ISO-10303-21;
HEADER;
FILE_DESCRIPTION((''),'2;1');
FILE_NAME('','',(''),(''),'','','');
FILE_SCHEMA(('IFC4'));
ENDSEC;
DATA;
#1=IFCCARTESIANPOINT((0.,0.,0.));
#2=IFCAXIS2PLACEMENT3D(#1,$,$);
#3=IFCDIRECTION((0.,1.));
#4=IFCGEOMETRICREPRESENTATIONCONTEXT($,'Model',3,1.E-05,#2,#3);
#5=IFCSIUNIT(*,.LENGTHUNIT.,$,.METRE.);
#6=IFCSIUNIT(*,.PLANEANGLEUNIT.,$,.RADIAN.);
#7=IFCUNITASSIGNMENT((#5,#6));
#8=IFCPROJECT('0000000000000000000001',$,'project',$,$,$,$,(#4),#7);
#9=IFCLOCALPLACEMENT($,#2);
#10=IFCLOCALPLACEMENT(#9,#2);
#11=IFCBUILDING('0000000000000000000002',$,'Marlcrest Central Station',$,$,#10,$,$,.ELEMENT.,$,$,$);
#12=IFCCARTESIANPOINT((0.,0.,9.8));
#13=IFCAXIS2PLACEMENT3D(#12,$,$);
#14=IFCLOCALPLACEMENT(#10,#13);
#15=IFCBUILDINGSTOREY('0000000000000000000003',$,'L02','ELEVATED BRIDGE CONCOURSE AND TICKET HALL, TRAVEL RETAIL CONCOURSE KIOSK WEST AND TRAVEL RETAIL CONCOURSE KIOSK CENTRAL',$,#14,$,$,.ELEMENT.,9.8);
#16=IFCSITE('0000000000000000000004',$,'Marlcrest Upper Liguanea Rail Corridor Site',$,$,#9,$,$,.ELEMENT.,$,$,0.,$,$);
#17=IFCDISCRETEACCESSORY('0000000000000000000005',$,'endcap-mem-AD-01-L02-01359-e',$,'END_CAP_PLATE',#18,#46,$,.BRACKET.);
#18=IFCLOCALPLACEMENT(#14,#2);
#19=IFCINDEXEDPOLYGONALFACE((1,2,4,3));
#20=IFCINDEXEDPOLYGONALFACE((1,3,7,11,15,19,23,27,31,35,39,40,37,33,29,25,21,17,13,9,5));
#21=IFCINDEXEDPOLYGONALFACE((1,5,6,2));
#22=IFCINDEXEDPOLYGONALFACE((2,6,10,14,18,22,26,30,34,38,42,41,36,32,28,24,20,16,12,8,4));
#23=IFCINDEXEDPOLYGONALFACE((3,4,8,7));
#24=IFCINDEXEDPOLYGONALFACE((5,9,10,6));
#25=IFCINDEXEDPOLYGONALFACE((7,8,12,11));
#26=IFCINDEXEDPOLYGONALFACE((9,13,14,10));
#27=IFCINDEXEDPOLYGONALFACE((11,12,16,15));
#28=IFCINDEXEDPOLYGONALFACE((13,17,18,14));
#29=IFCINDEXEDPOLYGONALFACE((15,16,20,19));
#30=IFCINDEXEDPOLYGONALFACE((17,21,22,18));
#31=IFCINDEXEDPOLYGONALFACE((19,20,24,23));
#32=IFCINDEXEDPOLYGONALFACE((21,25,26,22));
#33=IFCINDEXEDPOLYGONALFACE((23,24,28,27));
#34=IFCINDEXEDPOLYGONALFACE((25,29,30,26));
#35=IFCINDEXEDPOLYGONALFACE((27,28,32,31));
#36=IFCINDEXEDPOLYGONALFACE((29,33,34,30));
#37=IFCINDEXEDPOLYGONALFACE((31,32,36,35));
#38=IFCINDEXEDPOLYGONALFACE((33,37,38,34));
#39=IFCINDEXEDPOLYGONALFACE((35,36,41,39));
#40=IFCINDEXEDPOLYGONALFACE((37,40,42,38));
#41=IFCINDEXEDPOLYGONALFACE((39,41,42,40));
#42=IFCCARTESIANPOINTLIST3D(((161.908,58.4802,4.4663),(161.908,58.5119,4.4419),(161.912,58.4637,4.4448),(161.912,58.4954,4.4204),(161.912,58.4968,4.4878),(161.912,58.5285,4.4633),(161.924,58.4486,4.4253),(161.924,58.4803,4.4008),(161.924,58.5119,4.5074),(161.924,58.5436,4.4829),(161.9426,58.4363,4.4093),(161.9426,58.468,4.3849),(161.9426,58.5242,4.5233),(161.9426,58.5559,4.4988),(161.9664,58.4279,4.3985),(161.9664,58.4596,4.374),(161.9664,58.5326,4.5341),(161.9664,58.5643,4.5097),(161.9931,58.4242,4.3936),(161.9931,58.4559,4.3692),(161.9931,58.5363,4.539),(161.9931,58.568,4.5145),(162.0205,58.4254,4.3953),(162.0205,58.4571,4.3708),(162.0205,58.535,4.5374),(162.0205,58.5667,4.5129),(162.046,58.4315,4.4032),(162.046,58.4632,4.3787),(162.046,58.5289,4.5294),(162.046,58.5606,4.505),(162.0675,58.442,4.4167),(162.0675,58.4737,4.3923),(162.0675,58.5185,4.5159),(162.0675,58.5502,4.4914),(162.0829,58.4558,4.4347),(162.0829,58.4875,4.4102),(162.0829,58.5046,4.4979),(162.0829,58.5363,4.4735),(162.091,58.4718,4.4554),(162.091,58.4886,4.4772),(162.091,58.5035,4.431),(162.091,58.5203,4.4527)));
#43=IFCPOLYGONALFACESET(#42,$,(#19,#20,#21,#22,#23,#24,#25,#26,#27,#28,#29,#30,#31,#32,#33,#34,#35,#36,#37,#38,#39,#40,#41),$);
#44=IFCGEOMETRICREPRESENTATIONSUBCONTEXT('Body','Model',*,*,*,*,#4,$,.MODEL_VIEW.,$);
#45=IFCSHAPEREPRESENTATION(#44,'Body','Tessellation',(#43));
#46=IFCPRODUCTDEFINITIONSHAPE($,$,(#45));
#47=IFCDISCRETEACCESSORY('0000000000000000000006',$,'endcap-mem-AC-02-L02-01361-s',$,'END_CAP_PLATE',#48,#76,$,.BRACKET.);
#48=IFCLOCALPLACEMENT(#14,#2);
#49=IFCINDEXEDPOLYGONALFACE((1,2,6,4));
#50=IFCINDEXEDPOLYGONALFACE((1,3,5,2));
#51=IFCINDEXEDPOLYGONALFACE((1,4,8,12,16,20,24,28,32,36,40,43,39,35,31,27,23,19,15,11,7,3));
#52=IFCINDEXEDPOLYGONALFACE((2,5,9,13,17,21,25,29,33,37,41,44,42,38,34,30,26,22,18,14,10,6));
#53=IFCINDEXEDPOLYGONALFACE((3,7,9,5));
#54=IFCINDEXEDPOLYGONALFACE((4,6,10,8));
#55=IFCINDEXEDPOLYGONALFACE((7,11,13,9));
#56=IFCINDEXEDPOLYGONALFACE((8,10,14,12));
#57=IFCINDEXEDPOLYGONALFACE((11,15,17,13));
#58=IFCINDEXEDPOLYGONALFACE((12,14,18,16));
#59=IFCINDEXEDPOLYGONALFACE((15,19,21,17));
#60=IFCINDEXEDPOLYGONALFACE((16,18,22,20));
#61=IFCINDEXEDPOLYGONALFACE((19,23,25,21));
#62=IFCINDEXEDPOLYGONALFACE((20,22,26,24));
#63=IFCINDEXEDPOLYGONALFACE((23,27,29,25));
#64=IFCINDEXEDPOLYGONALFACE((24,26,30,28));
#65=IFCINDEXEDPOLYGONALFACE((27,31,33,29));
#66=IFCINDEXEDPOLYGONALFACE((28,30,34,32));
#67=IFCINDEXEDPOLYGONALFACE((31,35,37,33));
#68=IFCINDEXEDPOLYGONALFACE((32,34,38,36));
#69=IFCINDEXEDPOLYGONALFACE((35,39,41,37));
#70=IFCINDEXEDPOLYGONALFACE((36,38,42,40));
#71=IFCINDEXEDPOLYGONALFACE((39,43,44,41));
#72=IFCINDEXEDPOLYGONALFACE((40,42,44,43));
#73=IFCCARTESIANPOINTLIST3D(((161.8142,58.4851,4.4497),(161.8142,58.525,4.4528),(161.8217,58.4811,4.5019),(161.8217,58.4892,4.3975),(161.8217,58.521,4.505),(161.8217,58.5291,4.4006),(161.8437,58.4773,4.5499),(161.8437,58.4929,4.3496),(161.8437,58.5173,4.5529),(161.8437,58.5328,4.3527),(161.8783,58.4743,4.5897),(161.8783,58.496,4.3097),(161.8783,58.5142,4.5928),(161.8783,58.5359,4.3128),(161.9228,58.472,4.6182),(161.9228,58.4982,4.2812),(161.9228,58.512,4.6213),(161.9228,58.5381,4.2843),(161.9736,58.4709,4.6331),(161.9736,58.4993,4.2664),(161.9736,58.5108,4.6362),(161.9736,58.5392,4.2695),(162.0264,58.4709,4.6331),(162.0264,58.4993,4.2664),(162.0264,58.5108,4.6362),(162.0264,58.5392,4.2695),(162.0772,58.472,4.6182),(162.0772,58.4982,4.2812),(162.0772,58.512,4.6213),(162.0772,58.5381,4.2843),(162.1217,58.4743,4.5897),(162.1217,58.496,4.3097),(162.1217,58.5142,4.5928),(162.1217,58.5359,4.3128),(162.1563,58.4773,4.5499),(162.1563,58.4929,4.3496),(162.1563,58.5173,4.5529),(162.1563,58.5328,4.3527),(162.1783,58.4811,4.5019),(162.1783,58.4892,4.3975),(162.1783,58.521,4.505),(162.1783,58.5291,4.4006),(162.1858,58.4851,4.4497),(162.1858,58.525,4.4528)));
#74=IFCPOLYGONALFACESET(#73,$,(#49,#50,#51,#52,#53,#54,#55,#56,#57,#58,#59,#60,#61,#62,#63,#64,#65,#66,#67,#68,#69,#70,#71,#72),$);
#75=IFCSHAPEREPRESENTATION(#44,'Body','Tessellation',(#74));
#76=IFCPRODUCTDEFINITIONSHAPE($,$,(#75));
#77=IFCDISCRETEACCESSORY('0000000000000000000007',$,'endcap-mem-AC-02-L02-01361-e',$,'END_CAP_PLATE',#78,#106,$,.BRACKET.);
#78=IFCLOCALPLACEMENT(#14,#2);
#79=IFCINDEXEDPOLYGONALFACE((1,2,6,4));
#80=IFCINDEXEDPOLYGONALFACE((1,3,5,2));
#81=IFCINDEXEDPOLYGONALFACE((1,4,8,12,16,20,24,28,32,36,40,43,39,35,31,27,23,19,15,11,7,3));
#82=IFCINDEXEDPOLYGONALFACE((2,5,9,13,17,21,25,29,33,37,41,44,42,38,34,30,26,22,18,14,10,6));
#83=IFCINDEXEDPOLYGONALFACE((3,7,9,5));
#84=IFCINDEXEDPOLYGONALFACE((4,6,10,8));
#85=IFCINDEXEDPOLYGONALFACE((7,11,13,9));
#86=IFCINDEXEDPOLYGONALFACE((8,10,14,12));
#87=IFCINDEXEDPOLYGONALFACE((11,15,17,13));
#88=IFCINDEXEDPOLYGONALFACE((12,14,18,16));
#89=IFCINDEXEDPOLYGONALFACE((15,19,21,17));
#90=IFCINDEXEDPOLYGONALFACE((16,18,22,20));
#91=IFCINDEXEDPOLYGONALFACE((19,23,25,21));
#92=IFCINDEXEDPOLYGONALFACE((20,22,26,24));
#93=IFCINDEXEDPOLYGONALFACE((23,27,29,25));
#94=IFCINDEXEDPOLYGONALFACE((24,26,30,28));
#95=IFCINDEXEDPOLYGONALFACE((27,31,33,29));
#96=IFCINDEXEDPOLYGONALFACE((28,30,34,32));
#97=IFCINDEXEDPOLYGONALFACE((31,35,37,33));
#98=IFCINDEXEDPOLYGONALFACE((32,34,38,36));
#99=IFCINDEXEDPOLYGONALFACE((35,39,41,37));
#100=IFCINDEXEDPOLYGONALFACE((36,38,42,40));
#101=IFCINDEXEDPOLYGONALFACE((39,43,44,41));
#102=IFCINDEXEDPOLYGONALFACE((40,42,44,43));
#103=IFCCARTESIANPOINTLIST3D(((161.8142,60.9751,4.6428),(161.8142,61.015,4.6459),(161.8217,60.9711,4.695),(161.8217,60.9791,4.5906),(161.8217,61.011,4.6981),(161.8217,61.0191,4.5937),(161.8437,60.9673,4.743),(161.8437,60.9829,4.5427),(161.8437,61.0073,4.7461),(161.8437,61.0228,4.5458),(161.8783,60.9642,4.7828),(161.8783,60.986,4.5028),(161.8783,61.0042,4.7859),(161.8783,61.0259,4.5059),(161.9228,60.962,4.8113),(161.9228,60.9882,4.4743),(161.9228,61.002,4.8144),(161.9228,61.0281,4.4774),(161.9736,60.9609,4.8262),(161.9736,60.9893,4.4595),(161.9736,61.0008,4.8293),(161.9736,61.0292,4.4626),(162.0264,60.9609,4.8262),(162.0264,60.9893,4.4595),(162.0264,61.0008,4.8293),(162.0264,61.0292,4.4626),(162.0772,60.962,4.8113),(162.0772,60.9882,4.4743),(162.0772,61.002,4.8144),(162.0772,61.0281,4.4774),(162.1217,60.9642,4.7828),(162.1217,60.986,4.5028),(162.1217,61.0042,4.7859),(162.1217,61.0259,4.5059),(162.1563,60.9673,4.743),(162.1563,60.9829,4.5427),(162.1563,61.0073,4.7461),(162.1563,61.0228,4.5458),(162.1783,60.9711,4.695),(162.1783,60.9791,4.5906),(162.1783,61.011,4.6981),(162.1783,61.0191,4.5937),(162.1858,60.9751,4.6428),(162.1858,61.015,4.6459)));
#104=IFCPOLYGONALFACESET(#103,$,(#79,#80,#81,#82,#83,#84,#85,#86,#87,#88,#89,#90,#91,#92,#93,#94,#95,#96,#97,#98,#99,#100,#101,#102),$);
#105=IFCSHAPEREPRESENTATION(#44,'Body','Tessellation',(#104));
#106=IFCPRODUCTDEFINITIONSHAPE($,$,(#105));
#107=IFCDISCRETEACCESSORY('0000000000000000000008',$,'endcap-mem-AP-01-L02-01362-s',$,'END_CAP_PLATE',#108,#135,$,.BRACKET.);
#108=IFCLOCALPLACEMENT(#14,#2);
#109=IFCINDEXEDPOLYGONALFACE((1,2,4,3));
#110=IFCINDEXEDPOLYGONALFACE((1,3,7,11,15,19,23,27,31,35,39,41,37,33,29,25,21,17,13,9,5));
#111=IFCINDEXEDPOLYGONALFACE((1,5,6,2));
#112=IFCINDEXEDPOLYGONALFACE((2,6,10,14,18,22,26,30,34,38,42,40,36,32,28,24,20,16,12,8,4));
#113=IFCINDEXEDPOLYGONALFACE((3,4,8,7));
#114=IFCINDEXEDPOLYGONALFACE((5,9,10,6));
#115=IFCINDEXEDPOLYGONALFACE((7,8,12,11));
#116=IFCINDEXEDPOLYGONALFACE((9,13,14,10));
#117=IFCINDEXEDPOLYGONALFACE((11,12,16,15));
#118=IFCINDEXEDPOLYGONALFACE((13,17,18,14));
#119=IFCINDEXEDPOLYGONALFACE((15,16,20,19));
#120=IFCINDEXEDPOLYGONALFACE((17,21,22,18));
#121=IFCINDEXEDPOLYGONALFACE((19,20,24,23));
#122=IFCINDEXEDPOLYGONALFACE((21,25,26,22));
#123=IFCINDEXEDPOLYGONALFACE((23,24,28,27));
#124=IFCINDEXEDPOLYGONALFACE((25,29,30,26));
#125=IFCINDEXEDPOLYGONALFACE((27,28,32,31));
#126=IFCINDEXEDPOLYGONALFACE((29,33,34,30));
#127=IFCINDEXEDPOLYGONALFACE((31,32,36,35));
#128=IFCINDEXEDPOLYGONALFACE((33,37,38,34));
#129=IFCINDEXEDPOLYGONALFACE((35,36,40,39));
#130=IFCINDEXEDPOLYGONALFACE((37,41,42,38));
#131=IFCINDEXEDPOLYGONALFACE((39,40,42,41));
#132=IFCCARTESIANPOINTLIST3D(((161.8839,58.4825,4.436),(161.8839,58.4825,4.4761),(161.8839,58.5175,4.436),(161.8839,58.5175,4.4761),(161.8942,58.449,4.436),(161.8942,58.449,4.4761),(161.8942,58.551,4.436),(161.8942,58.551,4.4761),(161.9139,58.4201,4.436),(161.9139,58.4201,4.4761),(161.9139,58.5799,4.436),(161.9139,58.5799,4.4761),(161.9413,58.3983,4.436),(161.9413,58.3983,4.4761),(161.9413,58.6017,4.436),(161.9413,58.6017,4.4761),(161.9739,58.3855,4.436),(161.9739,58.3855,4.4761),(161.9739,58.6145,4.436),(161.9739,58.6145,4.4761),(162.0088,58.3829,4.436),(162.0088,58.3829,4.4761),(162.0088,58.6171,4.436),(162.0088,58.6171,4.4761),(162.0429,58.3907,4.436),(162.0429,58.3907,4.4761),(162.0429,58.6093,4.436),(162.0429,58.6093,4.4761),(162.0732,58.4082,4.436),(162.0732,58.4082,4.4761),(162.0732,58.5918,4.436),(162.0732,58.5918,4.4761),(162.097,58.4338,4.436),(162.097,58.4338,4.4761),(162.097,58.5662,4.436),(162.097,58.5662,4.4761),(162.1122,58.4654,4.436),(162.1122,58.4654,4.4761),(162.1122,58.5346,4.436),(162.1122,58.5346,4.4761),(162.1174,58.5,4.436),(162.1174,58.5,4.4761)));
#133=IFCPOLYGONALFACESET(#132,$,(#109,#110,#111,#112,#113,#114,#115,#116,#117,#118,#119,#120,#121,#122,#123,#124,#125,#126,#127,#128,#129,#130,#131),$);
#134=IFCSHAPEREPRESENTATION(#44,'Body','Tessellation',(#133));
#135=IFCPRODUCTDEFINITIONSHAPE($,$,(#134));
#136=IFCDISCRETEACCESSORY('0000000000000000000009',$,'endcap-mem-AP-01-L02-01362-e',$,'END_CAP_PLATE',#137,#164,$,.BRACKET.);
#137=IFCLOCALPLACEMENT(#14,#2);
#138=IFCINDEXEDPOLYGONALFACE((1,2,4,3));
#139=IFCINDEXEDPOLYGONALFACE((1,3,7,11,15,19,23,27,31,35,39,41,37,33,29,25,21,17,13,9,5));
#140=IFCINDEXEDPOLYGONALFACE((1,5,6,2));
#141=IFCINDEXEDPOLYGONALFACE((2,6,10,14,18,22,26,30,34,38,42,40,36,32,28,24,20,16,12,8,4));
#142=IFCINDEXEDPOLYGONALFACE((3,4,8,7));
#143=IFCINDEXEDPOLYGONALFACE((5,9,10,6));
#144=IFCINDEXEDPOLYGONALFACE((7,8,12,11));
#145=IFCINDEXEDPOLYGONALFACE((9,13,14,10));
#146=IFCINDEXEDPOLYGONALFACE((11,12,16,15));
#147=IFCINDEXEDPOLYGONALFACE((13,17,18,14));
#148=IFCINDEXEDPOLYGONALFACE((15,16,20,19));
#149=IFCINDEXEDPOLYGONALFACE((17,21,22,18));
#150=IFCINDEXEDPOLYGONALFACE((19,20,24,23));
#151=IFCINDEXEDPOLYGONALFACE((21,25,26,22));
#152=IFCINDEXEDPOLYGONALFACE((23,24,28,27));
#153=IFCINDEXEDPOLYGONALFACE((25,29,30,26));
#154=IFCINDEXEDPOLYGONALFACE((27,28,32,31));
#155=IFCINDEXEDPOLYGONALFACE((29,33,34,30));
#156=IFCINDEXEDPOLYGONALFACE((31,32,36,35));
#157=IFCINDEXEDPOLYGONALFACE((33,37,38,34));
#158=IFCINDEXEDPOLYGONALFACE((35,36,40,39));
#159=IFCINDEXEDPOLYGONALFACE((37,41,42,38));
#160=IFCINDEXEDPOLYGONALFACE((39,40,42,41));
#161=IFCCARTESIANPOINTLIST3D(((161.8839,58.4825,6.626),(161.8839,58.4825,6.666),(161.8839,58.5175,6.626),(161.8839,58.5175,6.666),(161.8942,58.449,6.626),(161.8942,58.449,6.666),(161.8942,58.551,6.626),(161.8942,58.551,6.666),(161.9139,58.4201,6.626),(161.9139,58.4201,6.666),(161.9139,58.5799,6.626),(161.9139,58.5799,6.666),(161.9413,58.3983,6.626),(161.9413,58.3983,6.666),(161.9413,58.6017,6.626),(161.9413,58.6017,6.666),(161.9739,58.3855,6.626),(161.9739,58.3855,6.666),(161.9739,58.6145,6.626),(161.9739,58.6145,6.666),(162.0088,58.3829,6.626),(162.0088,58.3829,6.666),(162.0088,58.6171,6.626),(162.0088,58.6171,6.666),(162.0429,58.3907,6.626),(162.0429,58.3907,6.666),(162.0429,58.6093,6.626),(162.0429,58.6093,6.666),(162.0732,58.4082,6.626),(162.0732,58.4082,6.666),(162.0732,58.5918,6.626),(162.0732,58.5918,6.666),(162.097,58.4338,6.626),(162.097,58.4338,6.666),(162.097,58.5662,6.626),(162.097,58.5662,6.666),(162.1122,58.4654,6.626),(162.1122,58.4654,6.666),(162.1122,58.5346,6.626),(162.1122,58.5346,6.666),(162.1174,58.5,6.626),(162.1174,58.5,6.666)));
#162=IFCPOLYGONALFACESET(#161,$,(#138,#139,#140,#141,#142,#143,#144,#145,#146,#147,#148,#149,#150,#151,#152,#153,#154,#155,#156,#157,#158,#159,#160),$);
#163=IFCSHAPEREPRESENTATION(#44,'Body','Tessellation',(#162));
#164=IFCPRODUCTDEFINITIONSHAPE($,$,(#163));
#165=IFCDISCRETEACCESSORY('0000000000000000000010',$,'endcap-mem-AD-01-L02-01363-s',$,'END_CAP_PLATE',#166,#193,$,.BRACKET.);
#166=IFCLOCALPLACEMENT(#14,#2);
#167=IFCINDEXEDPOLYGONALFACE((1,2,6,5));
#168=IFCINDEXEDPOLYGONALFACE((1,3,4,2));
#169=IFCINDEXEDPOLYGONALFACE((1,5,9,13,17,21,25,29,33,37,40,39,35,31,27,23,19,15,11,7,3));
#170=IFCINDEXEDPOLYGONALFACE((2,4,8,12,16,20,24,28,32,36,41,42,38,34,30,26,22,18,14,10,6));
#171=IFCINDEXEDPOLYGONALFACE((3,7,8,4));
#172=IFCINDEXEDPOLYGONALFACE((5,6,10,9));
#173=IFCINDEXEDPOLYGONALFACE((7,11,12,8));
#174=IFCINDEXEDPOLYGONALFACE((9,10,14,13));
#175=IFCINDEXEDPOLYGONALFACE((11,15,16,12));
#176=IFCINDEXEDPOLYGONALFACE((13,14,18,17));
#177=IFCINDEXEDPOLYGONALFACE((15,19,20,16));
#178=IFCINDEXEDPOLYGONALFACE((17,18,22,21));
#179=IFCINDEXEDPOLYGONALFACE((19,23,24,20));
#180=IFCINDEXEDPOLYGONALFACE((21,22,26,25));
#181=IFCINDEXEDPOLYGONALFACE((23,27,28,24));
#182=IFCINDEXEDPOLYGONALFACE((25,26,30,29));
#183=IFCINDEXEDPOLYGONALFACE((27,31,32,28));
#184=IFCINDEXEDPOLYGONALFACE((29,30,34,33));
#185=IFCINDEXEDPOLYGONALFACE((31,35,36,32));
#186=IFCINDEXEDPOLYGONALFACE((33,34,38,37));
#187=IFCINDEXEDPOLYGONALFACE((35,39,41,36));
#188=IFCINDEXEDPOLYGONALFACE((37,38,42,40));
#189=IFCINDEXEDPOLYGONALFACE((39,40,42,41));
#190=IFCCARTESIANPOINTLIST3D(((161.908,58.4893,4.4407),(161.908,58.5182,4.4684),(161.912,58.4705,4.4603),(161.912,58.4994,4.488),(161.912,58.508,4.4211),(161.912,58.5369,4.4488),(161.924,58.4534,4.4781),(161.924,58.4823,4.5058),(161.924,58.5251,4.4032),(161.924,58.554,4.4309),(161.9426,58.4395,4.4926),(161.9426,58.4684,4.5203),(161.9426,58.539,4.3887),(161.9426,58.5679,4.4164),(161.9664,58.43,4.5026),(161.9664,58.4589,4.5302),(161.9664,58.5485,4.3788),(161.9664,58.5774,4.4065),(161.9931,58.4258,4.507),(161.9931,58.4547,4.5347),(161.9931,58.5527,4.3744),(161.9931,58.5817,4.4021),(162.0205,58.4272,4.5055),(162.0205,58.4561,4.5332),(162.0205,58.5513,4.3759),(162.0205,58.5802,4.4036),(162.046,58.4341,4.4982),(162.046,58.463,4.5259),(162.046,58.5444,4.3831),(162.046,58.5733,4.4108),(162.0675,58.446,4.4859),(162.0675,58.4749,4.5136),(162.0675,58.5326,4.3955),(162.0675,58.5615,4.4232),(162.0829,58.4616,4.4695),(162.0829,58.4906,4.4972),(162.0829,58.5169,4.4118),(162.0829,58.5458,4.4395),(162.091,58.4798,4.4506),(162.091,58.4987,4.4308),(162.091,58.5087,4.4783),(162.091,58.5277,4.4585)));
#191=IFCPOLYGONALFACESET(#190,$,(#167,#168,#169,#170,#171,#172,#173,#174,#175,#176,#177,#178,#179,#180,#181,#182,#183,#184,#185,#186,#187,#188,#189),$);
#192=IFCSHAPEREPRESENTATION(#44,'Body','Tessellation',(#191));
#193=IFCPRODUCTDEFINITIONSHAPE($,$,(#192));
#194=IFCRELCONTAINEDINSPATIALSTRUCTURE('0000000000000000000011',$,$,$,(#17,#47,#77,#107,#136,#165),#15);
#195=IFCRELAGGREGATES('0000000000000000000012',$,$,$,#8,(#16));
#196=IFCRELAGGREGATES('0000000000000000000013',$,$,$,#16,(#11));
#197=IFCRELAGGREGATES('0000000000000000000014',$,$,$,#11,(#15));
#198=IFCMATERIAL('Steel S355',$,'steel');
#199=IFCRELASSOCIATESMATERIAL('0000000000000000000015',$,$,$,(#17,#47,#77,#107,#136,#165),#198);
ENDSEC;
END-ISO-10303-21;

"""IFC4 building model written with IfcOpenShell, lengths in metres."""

from ifc_helpers import new_model, si_unit, direction, frame, origin, origin_2d, place, context, subcontext, project, spatial, circle, extrude, material, element, save


model = new_model("IFC4")

# Units and contexts
model_context = context("Model", 3, precision=1e-05, world=origin(), true_north=direction((0.0, 1.0)))
body_context = subcontext(model_context, "Body", "Model", "MODEL_VIEW")
ifc_project = project(units=[si_unit("LENGTHUNIT", "METRE"), si_unit("PLANEANGLEUNIT", "RADIAN")], contexts=[model_context])

# Site, building, storey
site_placement = place(None, origin())
site = spatial("IfcSite", under=ifc_project, at=site_placement, Name="Marlcrest Upper Liguanea Rail Corridor Site", CompositionType="ELEMENT", RefElevation=0.0)
building_placement = place(site_placement, origin())
building = spatial("IfcBuilding", under=site, at=building_placement, Name="Marlcrest Central Station", CompositionType="ELEMENT")
storey_placement = place(building_placement, frame((0.0, 0.0, 9.8)))
storey = spatial("IfcBuildingStorey", under=building, at=storey_placement, Name="L02", Description="ELEVATED BRIDGE CONCOURSE AND TICKET HALL, TRAVEL RETAIL CONCOURSE KIOSK WEST AND TRAVEL RETAIL CONCOURSE KIOSK CENTRAL", CompositionType="ELEMENT", Elevation=9.8)

# Shared definitions
ifc_material = material(Name="Steel S355", Category="steel")

# Discrete accessories
for number, where, z_axis, x_axis, name in (
    (1, (162.0, 58.4802, 4.4663), (0.0, 0.791798, -0.610783), (-1.0, 0.0, 0.0), "endcap-mem-AD-01-L02-01359-e"),
):
    element("IfcDiscreteAccessory", number, at=place(storey_placement, frame(where, z_axis=z_axis, x_axis=x_axis)), inside=storey, material=ifc_material, Name=name, ObjectType="END_CAP_PLATE", PredefinedType="BRACKET", context=body_context, shape_type="SweptSolid", body=[
        extrude(circle(Radius=0.092, at=origin_2d()), origin(), (0.0, 0.0, 1.0), 0.04),
    ])
for number, where, z_axis, x_axis, name in (
    (2, (162.0, 58.4851, 4.4497), (0.0, 0.997007, 0.077307), (-1.0, 0.0, 0.0), "endcap-mem-AC-02-L02-01361-s"),
    (3, (162.0, 60.9751, 4.6428), (0.0, 0.997007, 0.077307), (-1.0, 0.0, 0.0), "endcap-mem-AC-02-L02-01361-e"),
):
    element("IfcDiscreteAccessory", number, at=place(storey_placement, frame(where, z_axis=z_axis, x_axis=x_axis)), inside=storey, material=ifc_material, Name=name, ObjectType="END_CAP_PLATE", PredefinedType="BRACKET", context=body_context, shape_type="SweptSolid", body=[
        extrude(circle(Radius=0.1858, at=origin_2d()), origin(), (0.0, 0.0, 1.0), 0.04),
    ])
for number, where, z_axis, x_axis, name in (
    (4, (162.0, 58.5, 4.436), (0.0, 0.0, 1.0), (1.0, 0.0, 0.0), "endcap-mem-AP-01-L02-01362-s"),
    (5, (162.0, 58.5, 6.626), (0.0, 0.0, 1.0), (1.0, 0.0, 0.0), "endcap-mem-AP-01-L02-01362-e"),
):
    element("IfcDiscreteAccessory", number, at=place(storey_placement, frame(where, z_axis=z_axis, x_axis=x_axis)), inside=storey, material=ifc_material, Name=name, ObjectType="END_CAP_PLATE", PredefinedType="BRACKET", context=body_context, shape_type="SweptSolid", body=[
        extrude(circle(Radius=0.1174, at=origin_2d()), origin(), (0.0, 0.0, 1.0), 0.04),
    ])
for number, where, z_axis, x_axis, name in (
    (6, (162.0, 58.4893, 4.4407), (0.0, 0.722247, 0.691636), (-1.0, 0.0, 0.0), "endcap-mem-AD-01-L02-01363-s"),
):
    element("IfcDiscreteAccessory", number, at=place(storey_placement, frame(where, z_axis=z_axis, x_axis=x_axis)), inside=storey, material=ifc_material, Name=name, ObjectType="END_CAP_PLATE", PredefinedType="BRACKET", context=body_context, shape_type="SweptSolid", body=[
        extrude(circle(Radius=0.092, at=origin_2d()), origin(), (0.0, 0.0, 1.0), 0.04),
    ])

save(model, "model.ifc")
